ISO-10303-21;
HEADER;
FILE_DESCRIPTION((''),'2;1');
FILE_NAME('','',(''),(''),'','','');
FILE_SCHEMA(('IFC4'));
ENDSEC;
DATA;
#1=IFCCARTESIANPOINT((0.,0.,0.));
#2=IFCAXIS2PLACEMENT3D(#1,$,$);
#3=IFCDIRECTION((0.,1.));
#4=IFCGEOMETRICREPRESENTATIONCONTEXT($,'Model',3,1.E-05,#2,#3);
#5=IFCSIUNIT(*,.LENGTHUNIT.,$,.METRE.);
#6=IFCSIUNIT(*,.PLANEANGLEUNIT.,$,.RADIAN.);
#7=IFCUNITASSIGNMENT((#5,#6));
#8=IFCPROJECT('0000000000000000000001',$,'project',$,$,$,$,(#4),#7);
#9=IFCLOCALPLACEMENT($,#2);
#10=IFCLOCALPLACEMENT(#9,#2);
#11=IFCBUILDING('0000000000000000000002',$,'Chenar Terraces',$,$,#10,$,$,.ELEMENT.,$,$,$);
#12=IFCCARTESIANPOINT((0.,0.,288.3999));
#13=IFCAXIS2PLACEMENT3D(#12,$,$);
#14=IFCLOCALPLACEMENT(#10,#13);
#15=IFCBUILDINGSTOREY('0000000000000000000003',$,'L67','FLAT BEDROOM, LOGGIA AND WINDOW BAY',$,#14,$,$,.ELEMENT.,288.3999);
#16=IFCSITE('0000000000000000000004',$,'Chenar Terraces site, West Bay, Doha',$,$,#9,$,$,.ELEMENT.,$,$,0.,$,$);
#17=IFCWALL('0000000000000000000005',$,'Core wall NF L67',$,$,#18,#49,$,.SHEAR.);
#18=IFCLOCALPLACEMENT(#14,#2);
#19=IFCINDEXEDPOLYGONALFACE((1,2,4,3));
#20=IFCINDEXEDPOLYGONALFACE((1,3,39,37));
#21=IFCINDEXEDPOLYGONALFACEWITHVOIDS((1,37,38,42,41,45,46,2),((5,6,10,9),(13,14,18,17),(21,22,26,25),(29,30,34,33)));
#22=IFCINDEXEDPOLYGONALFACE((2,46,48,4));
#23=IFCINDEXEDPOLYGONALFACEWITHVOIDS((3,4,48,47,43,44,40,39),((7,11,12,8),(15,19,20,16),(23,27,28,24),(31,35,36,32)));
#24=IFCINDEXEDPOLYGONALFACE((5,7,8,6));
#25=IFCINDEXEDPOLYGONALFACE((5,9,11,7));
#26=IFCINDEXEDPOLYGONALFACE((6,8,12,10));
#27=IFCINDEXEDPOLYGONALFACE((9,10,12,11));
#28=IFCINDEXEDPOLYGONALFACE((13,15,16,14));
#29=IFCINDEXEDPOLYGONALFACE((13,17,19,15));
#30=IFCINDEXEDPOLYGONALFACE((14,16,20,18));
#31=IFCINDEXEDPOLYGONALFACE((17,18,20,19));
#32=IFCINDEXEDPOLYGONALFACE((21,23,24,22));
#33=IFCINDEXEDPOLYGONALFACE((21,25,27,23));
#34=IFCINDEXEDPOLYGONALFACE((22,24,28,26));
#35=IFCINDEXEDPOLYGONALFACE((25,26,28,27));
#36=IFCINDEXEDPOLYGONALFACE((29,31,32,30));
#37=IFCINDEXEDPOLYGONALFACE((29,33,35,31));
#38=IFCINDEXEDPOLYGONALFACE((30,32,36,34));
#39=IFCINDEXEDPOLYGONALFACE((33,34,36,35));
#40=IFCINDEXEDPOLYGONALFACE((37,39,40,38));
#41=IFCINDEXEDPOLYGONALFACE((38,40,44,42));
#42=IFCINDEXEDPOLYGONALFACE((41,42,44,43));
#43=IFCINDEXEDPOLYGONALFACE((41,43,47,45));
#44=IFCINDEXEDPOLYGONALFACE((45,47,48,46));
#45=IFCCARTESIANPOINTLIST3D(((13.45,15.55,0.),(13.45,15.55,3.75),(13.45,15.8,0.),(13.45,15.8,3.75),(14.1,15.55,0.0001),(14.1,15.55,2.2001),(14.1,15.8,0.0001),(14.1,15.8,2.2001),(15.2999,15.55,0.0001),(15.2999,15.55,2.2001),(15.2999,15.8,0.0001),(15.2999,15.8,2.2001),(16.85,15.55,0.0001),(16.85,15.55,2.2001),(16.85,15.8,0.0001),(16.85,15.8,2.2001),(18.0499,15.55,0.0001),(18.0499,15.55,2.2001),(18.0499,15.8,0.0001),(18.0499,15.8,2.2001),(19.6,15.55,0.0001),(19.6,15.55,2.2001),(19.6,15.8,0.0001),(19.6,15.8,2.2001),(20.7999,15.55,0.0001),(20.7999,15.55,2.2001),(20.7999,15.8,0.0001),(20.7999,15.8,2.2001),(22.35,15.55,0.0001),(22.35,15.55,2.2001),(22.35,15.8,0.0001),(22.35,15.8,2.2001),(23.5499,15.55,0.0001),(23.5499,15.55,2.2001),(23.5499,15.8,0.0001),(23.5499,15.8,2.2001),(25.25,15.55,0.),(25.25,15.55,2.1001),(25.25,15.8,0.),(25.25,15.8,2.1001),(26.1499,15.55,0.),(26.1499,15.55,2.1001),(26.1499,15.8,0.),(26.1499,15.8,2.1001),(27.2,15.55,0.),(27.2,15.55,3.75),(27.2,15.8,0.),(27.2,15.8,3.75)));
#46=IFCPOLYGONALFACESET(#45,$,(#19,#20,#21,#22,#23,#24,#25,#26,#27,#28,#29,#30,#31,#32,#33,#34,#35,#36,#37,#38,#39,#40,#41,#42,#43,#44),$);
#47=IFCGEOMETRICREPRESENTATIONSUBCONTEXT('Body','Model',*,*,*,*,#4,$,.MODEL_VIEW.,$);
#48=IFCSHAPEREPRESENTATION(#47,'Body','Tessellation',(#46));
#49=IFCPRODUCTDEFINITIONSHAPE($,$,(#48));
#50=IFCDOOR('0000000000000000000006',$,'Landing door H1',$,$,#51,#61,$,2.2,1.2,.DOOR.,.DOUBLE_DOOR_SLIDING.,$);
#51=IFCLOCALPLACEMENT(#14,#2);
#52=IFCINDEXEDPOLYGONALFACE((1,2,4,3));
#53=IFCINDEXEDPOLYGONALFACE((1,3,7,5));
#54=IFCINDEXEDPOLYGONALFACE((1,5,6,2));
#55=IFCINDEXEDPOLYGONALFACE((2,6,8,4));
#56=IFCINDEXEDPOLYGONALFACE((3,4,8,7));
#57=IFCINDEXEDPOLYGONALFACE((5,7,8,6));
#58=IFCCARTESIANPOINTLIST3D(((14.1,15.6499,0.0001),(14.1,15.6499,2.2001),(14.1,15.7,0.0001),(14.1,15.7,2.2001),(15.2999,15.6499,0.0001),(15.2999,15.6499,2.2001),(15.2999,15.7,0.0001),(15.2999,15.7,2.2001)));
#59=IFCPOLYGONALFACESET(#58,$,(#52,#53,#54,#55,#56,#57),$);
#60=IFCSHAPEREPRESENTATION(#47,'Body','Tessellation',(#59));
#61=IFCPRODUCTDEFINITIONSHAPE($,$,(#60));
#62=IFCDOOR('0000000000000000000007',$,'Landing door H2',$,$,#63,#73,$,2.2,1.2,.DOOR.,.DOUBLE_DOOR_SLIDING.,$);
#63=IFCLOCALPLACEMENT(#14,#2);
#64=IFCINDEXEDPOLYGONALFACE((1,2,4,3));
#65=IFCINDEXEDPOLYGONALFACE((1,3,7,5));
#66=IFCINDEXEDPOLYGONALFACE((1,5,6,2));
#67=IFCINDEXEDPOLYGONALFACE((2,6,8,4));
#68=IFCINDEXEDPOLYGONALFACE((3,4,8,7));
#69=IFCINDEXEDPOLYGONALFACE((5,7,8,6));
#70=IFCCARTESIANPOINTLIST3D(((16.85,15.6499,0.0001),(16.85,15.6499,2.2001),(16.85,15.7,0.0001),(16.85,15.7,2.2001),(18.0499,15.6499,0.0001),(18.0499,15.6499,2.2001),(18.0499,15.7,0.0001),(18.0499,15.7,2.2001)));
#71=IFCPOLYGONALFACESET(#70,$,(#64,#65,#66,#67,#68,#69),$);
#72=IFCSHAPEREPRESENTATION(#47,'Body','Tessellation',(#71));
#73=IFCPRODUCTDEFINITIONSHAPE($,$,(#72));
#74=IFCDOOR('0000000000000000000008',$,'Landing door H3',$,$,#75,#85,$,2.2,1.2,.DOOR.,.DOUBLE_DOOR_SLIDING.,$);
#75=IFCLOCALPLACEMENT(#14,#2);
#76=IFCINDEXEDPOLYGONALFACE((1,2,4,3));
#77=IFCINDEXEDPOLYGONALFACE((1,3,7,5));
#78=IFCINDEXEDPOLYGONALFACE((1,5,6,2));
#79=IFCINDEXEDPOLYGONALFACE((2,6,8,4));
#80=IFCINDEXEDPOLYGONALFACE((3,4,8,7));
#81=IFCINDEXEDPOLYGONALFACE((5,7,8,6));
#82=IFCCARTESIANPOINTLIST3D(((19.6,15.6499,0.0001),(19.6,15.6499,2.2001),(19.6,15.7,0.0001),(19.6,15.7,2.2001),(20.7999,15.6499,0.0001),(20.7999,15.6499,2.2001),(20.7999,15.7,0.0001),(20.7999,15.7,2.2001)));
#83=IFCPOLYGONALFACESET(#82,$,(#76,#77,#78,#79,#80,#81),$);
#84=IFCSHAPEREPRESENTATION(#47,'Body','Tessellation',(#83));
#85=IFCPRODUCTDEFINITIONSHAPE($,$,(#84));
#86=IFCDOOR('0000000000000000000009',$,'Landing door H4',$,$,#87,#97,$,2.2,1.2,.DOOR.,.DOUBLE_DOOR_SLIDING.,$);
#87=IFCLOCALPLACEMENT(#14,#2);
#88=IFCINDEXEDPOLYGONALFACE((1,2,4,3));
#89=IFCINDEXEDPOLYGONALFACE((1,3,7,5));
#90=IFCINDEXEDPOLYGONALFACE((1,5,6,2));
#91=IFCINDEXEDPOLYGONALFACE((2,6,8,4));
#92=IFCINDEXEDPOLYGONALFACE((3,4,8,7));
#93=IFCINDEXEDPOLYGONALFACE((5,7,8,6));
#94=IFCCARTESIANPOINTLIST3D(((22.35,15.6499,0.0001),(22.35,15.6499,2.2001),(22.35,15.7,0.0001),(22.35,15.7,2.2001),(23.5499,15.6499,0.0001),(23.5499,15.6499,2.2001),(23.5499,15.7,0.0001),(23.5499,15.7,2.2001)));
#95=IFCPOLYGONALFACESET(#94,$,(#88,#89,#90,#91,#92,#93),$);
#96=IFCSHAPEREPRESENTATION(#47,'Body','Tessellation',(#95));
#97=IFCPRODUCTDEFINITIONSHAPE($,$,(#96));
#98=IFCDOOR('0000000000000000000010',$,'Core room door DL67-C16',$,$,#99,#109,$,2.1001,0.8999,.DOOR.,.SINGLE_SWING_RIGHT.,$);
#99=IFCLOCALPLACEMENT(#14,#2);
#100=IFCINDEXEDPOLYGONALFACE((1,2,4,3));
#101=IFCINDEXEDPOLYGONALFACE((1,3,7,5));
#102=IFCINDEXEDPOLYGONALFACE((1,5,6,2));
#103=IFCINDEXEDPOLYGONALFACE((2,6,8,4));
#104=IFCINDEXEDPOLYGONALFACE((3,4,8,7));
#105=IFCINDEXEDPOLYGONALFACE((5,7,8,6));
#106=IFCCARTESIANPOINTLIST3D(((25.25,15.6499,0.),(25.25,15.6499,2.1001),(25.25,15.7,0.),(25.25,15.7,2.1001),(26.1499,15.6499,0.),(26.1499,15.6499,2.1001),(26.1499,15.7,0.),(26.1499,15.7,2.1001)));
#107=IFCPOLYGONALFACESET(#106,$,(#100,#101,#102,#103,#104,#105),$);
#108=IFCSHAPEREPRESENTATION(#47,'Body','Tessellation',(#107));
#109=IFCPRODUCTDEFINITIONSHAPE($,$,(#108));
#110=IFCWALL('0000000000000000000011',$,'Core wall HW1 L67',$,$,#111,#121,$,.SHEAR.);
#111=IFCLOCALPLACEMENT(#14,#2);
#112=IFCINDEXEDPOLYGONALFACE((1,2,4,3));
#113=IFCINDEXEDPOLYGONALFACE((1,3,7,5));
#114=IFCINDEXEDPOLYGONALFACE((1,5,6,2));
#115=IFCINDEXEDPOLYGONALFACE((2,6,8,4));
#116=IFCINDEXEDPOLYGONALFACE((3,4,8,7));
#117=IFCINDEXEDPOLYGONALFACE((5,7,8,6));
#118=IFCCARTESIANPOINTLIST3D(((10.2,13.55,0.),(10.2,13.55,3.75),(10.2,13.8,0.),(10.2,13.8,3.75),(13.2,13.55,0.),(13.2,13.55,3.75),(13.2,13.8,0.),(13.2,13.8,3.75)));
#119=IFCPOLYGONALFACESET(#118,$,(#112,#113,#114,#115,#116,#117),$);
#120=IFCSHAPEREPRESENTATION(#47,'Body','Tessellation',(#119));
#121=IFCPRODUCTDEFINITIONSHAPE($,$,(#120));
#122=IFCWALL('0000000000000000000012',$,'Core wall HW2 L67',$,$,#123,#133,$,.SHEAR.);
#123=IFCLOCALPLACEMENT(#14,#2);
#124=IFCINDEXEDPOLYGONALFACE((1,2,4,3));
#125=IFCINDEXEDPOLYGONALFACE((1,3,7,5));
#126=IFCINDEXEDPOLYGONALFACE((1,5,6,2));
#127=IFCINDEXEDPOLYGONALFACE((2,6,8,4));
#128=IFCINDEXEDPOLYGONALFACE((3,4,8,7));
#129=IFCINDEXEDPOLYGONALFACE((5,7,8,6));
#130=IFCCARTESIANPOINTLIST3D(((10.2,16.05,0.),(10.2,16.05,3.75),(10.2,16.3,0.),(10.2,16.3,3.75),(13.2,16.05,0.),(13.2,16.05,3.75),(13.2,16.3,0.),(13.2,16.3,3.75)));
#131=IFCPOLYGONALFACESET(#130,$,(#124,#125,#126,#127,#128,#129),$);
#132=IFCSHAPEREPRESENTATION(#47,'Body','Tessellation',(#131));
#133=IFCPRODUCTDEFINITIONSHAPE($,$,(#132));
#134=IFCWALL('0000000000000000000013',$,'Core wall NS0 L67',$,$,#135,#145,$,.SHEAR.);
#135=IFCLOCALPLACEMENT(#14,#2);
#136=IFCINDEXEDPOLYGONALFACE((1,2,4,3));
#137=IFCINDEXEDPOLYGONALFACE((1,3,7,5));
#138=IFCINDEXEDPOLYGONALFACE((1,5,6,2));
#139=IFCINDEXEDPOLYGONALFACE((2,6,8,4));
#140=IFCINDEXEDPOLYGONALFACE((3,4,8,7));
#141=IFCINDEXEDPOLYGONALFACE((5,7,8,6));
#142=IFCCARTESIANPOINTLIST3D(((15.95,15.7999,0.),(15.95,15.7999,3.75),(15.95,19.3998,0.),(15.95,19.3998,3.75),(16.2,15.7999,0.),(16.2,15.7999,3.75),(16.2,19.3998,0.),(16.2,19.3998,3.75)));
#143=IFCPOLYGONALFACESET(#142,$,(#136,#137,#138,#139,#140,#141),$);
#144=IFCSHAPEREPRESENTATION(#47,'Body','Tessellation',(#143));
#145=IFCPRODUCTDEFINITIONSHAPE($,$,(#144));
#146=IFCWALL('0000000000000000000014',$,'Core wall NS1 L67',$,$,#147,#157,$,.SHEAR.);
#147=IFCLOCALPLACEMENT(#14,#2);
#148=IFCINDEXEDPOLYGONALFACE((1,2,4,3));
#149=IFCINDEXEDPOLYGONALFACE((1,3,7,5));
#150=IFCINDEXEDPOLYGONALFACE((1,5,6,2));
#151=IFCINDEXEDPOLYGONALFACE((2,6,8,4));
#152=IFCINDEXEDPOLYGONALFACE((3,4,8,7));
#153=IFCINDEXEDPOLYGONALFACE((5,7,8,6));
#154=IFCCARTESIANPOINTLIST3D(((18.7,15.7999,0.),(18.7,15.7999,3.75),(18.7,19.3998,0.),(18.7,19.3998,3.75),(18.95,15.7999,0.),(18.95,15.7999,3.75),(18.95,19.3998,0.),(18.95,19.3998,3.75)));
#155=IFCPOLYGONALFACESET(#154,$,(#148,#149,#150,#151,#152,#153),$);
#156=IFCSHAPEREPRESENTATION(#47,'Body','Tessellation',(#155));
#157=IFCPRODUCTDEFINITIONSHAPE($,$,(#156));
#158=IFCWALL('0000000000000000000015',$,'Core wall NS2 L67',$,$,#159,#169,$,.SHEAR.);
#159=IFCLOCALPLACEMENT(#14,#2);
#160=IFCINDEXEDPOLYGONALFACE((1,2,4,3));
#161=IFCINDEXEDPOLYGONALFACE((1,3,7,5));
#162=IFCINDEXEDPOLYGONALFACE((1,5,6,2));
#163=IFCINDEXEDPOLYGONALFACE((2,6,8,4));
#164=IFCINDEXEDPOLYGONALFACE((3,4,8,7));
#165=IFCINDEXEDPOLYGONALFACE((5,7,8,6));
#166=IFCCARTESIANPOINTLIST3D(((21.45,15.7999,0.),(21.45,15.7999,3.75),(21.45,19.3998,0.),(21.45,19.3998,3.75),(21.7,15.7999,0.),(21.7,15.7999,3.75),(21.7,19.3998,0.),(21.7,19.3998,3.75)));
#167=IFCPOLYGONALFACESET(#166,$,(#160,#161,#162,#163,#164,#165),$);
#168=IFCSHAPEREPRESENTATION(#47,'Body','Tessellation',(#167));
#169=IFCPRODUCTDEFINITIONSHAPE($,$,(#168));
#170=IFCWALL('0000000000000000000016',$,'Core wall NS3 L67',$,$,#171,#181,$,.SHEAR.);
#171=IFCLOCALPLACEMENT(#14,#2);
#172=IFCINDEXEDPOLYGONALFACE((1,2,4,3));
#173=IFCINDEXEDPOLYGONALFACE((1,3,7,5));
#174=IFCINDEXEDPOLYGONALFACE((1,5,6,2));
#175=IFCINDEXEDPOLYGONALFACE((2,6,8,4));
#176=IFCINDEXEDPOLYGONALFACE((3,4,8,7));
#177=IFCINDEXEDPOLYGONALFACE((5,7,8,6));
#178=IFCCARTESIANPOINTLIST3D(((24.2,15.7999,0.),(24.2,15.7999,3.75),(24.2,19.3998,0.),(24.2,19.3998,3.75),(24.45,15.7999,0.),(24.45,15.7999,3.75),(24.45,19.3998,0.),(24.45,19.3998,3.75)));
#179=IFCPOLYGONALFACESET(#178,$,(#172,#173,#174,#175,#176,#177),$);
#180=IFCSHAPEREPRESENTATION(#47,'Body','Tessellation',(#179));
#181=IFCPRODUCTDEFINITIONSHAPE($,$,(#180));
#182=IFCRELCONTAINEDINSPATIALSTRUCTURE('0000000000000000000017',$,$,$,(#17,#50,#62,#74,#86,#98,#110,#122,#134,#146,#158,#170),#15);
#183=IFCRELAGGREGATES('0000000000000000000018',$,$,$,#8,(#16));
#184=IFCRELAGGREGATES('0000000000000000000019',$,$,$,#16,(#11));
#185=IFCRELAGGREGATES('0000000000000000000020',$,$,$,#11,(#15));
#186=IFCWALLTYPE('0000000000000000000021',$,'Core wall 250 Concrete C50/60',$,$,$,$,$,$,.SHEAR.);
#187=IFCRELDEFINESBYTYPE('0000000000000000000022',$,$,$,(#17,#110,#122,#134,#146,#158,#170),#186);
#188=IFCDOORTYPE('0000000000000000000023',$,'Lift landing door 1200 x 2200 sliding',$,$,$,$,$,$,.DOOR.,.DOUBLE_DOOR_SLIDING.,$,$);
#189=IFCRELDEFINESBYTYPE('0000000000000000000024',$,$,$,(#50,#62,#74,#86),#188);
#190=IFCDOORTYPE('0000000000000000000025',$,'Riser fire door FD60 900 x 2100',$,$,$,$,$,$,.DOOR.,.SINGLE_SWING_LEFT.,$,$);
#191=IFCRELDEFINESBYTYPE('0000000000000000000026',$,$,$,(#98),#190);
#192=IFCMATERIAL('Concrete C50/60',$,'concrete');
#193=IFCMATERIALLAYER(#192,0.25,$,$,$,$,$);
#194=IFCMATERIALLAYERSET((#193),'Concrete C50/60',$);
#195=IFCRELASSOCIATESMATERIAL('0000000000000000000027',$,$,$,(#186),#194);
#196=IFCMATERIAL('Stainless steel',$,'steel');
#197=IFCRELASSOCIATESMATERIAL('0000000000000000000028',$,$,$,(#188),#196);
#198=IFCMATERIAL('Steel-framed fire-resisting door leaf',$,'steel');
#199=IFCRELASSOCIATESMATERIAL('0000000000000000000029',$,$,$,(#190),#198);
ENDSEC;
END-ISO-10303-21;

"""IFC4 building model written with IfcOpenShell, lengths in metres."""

from ifc_helpers import new_model, si_unit, direction, frame, frame_2d, origin, place, context, subcontext, project, spatial, rectangle, extrude, material, layer, layer_set, type_object, element, fill, save


model = new_model("IFC4")

# Units and contexts
model_context = context("Model", 3, precision=1e-05, world=origin(), true_north=direction((0.0, 1.0)))
body_context = subcontext(model_context, "Body", "Model", "MODEL_VIEW")
ifc_project = project(units=[si_unit("LENGTHUNIT", "METRE"), si_unit("PLANEANGLEUNIT", "RADIAN")], contexts=[model_context])

# Site, building, storey
site_placement = place(None, origin())
site = spatial("IfcSite", under=ifc_project, at=site_placement, Name="Chenar Terraces site, West Bay, Doha", CompositionType="ELEMENT", RefElevation=0.0)
building_placement = place(site_placement, origin())
building = spatial("IfcBuilding", under=site, at=building_placement, Name="Chenar Terraces", CompositionType="ELEMENT")
storey_placement = place(building_placement, frame((0.0, 0.0, 288.3999)))
storey = spatial("IfcBuildingStorey", under=building, at=storey_placement, Name="L67", Description="FLAT BEDROOM, LOGGIA AND WINDOW BAY", CompositionType="ELEMENT", Elevation=288.3999)

# Wall, openings, doors
ifc_material_1 = material(Name="Concrete C50/60", Category="concrete")
ifc_layer_1 = layer(ifc_material_1, 0.25)
ifc_layer_set_1 = layer_set([ifc_layer_1], Name="Concrete C50/60")
wall_type_1 = type_object("IfcWallType", Name="Core wall 250 Concrete C50/60", PredefinedType="SHEAR", material=ifc_layer_set_1)
wall_1_placement = place(storey_placement, frame((13.45, 15.675, 0.0), z_axis=(0.0, 0.0, 1.0), x_axis=(1.0, 0.0, 0.0)))
wall_1 = element("IfcWall", 1, at=wall_1_placement, inside=storey, type_object=wall_type_1, Name="Core wall NF L67", PredefinedType="SHEAR", context=body_context, shape_type="SweptSolid", body=[
    extrude(rectangle(XDim=13.75, YDim=0.25, at=frame_2d((6.875, 0.0))), origin(), (0.0, 0.0, 1.0), 3.75),
])
opening_1_placement = place(wall_1_placement, frame((0.6499, 0.0, 0.0)))
opening_1 = element("IfcOpeningElement", 2, at=opening_1_placement, cuts=wall_1, PredefinedType="OPENING", context=body_context, shape_type="SweptSolid", body=[
    extrude(rectangle(XDim=1.2, YDim=2.2, at=frame_2d((0.6001, 1.1001))), frame((0.0, 0.135, 0.0), z_axis=(0.0, -1.0, 0.0), x_axis=(1.0, 0.0, 0.0)), (0.0, 0.0, 1.0), 0.27),
])
opening_2_placement = place(wall_1_placement, frame((3.3999, 0.0, 0.0)))
opening_2 = element("IfcOpeningElement", 3, at=opening_2_placement, cuts=wall_1, PredefinedType="OPENING", context=body_context, shape_type="SweptSolid", body=[
    extrude(rectangle(XDim=1.2, YDim=2.2, at=frame_2d((0.6001, 1.1001))), frame((0.0, 0.135, 0.0), z_axis=(0.0, -1.0, 0.0), x_axis=(1.0, 0.0, 0.0)), (0.0, 0.0, 1.0), 0.27),
])
opening_3_placement = place(wall_1_placement, frame((6.1499, 0.0, 0.0)))
opening_3 = element("IfcOpeningElement", 4, at=opening_3_placement, cuts=wall_1, PredefinedType="OPENING", context=body_context, shape_type="SweptSolid", body=[
    extrude(rectangle(XDim=1.2, YDim=2.2, at=frame_2d((0.6001, 1.1001))), frame((0.0, 0.135, 0.0), z_axis=(0.0, -1.0, 0.0), x_axis=(1.0, 0.0, 0.0)), (0.0, 0.0, 1.0), 0.27),
])
opening_4_placement = place(wall_1_placement, frame((8.8999, 0.0, 0.0)))
opening_4 = element("IfcOpeningElement", 5, at=opening_4_placement, cuts=wall_1, PredefinedType="OPENING", context=body_context, shape_type="SweptSolid", body=[
    extrude(rectangle(XDim=1.2, YDim=2.2, at=frame_2d((0.6001, 1.1001))), frame((0.0, 0.135, 0.0), z_axis=(0.0, -1.0, 0.0), x_axis=(1.0, 0.0, 0.0)), (0.0, 0.0, 1.0), 0.27),
])
opening_5_placement = place(wall_1_placement, frame((11.8, 0.0, 0.0)))
opening_5 = element("IfcOpeningElement", 6, at=opening_5_placement, cuts=wall_1, PredefinedType="OPENING", context=body_context, shape_type="SweptSolid", body=[
    extrude(rectangle(XDim=0.8999, YDim=2.1001, at=frame_2d((0.45, 1.05))), frame((0.0, 0.135, 0.0), z_axis=(0.0, -1.0, 0.0), x_axis=(1.0, 0.0, 0.0)), (0.0, 0.0, 1.0), 0.27),
])
ifc_material_2 = material(Name="Stainless steel", Category="steel")
door_type_1 = type_object("IfcDoorType", Name="Lift landing door 1200 x 2200 sliding", OperationType="DOUBLE_DOOR_SLIDING", PredefinedType="DOOR", material=ifc_material_2)
door_1_placement = place(opening_1_placement, origin())
door_1 = element("IfcDoor", 7, at=door_1_placement, inside=storey, type_object=door_type_1, Name="Landing door H1", OperationType="DOUBLE_DOOR_SLIDING", OverallHeight=2.2, OverallWidth=1.2, PredefinedType="DOOR", context=body_context, shape_type="SweptSolid", body=[
    extrude(rectangle(XDim=1.2, YDim=2.2, at=frame_2d((0.6001, 1.1001))), frame((0.0, 0.0249, 0.0), z_axis=(0.0, -1.0, 0.0), x_axis=(1.0, 0.0, 0.0)), (0.0, 0.0, 1.0), 0.05),
])
fill(opening_1, door_1)
door_2_placement = place(opening_2_placement, origin())
door_2 = element("IfcDoor", 8, at=door_2_placement, inside=storey, type_object=door_type_1, Name="Landing door H2", OperationType="DOUBLE_DOOR_SLIDING", OverallHeight=2.2, OverallWidth=1.2, PredefinedType="DOOR", context=body_context, shape_type="SweptSolid", body=[
    extrude(rectangle(XDim=1.2, YDim=2.2, at=frame_2d((0.6001, 1.1001))), frame((0.0, 0.0249, 0.0), z_axis=(0.0, -1.0, 0.0), x_axis=(1.0, 0.0, 0.0)), (0.0, 0.0, 1.0), 0.05),
])
fill(opening_2, door_2)
door_3_placement = place(opening_3_placement, origin())
door_3 = element("IfcDoor", 9, at=door_3_placement, inside=storey, type_object=door_type_1, Name="Landing door H3", OperationType="DOUBLE_DOOR_SLIDING", OverallHeight=2.2, OverallWidth=1.2, PredefinedType="DOOR", context=body_context, shape_type="SweptSolid", body=[
    extrude(rectangle(XDim=1.2, YDim=2.2, at=frame_2d((0.6001, 1.1001))), frame((0.0, 0.0249, 0.0), z_axis=(0.0, -1.0, 0.0), x_axis=(1.0, 0.0, 0.0)), (0.0, 0.0, 1.0), 0.05),
])
fill(opening_3, door_3)
door_4_placement = place(opening_4_placement, origin())
door_4 = element("IfcDoor", 10, at=door_4_placement, inside=storey, type_object=door_type_1, Name="Landing door H4", OperationType="DOUBLE_DOOR_SLIDING", OverallHeight=2.2, OverallWidth=1.2, PredefinedType="DOOR", context=body_context, shape_type="SweptSolid", body=[
    extrude(rectangle(XDim=1.2, YDim=2.2, at=frame_2d((0.6001, 1.1001))), frame((0.0, 0.0249, 0.0), z_axis=(0.0, -1.0, 0.0), x_axis=(1.0, 0.0, 0.0)), (0.0, 0.0, 1.0), 0.05),
])
fill(opening_4, door_4)
ifc_material_3 = material(Name="Steel-framed fire-resisting door leaf", Category="steel")
door_type_2 = type_object("IfcDoorType", Name="Riser fire door FD60 900 x 2100", OperationType="SINGLE_SWING_LEFT", PredefinedType="DOOR", material=ifc_material_3)
door_5_placement = place(opening_5_placement, origin())
door_5 = element("IfcDoor", 11, at=door_5_placement, inside=storey, type_object=door_type_2, Name="Core room door DL67-C16", OperationType="SINGLE_SWING_RIGHT", OverallHeight=2.1001, OverallWidth=0.8999, PredefinedType="DOOR", context=body_context, shape_type="SweptSolid", body=[
    extrude(rectangle(XDim=0.8999, YDim=2.1001, at=frame_2d((0.45, 1.05))), frame((0.0, 0.0249, 0.0), z_axis=(0.0, -1.0, 0.0), x_axis=(1.0, 0.0, 0.0)), (0.0, 0.0, 1.0), 0.05),
])
fill(opening_5, door_5)

# Walls
for number, where, z_axis, x_axis, name in (
    (12, (10.2, 13.675, 0.0), (0.0, 0.0, 1.0), (1.0, 0.0, 0.0), "Core wall HW1 L67"),
    (13, (10.2, 16.175, 0.0), (0.0, 0.0, 1.0), (1.0, 0.0, 0.0), "Core wall HW2 L67"),
):
    element("IfcWall", number, at=place(storey_placement, frame(where, z_axis=z_axis, x_axis=x_axis)), inside=storey, type_object=wall_type_1, Name=name, PredefinedType="SHEAR", context=body_context, shape_type="SweptSolid", body=[
        extrude(rectangle(XDim=3.0, YDim=0.25, at=frame_2d((1.5, 0.0))), origin(), (0.0, 0.0, 1.0), 3.75),
    ])
for number, where, z_axis, x_axis, name in (
    (14, (16.075, 15.8, 0.0), (0.0, 0.0, 1.0), (0.0, 1.0, 0.0), "Core wall NS0 L67"),
    (15, (18.825, 15.8, 0.0), (0.0, 0.0, 1.0), (0.0, 1.0, 0.0), "Core wall NS1 L67"),
    (16, (21.575, 15.8, 0.0), (0.0, 0.0, 1.0), (0.0, 1.0, 0.0), "Core wall NS2 L67"),
    (17, (24.325, 15.8, 0.0), (0.0, 0.0, 1.0), (0.0, 1.0, 0.0), "Core wall NS3 L67"),
):
    element("IfcWall", number, at=place(storey_placement, frame(where, z_axis=z_axis, x_axis=x_axis)), inside=storey, type_object=wall_type_1, Name=name, PredefinedType="SHEAR", context=body_context, shape_type="SweptSolid", body=[
        extrude(rectangle(XDim=3.5999, YDim=0.25, at=frame_2d((1.7998, 0.0))), origin(), (0.0, 0.0, 1.0), 3.75),
    ])

save(model, "model.ifc")
